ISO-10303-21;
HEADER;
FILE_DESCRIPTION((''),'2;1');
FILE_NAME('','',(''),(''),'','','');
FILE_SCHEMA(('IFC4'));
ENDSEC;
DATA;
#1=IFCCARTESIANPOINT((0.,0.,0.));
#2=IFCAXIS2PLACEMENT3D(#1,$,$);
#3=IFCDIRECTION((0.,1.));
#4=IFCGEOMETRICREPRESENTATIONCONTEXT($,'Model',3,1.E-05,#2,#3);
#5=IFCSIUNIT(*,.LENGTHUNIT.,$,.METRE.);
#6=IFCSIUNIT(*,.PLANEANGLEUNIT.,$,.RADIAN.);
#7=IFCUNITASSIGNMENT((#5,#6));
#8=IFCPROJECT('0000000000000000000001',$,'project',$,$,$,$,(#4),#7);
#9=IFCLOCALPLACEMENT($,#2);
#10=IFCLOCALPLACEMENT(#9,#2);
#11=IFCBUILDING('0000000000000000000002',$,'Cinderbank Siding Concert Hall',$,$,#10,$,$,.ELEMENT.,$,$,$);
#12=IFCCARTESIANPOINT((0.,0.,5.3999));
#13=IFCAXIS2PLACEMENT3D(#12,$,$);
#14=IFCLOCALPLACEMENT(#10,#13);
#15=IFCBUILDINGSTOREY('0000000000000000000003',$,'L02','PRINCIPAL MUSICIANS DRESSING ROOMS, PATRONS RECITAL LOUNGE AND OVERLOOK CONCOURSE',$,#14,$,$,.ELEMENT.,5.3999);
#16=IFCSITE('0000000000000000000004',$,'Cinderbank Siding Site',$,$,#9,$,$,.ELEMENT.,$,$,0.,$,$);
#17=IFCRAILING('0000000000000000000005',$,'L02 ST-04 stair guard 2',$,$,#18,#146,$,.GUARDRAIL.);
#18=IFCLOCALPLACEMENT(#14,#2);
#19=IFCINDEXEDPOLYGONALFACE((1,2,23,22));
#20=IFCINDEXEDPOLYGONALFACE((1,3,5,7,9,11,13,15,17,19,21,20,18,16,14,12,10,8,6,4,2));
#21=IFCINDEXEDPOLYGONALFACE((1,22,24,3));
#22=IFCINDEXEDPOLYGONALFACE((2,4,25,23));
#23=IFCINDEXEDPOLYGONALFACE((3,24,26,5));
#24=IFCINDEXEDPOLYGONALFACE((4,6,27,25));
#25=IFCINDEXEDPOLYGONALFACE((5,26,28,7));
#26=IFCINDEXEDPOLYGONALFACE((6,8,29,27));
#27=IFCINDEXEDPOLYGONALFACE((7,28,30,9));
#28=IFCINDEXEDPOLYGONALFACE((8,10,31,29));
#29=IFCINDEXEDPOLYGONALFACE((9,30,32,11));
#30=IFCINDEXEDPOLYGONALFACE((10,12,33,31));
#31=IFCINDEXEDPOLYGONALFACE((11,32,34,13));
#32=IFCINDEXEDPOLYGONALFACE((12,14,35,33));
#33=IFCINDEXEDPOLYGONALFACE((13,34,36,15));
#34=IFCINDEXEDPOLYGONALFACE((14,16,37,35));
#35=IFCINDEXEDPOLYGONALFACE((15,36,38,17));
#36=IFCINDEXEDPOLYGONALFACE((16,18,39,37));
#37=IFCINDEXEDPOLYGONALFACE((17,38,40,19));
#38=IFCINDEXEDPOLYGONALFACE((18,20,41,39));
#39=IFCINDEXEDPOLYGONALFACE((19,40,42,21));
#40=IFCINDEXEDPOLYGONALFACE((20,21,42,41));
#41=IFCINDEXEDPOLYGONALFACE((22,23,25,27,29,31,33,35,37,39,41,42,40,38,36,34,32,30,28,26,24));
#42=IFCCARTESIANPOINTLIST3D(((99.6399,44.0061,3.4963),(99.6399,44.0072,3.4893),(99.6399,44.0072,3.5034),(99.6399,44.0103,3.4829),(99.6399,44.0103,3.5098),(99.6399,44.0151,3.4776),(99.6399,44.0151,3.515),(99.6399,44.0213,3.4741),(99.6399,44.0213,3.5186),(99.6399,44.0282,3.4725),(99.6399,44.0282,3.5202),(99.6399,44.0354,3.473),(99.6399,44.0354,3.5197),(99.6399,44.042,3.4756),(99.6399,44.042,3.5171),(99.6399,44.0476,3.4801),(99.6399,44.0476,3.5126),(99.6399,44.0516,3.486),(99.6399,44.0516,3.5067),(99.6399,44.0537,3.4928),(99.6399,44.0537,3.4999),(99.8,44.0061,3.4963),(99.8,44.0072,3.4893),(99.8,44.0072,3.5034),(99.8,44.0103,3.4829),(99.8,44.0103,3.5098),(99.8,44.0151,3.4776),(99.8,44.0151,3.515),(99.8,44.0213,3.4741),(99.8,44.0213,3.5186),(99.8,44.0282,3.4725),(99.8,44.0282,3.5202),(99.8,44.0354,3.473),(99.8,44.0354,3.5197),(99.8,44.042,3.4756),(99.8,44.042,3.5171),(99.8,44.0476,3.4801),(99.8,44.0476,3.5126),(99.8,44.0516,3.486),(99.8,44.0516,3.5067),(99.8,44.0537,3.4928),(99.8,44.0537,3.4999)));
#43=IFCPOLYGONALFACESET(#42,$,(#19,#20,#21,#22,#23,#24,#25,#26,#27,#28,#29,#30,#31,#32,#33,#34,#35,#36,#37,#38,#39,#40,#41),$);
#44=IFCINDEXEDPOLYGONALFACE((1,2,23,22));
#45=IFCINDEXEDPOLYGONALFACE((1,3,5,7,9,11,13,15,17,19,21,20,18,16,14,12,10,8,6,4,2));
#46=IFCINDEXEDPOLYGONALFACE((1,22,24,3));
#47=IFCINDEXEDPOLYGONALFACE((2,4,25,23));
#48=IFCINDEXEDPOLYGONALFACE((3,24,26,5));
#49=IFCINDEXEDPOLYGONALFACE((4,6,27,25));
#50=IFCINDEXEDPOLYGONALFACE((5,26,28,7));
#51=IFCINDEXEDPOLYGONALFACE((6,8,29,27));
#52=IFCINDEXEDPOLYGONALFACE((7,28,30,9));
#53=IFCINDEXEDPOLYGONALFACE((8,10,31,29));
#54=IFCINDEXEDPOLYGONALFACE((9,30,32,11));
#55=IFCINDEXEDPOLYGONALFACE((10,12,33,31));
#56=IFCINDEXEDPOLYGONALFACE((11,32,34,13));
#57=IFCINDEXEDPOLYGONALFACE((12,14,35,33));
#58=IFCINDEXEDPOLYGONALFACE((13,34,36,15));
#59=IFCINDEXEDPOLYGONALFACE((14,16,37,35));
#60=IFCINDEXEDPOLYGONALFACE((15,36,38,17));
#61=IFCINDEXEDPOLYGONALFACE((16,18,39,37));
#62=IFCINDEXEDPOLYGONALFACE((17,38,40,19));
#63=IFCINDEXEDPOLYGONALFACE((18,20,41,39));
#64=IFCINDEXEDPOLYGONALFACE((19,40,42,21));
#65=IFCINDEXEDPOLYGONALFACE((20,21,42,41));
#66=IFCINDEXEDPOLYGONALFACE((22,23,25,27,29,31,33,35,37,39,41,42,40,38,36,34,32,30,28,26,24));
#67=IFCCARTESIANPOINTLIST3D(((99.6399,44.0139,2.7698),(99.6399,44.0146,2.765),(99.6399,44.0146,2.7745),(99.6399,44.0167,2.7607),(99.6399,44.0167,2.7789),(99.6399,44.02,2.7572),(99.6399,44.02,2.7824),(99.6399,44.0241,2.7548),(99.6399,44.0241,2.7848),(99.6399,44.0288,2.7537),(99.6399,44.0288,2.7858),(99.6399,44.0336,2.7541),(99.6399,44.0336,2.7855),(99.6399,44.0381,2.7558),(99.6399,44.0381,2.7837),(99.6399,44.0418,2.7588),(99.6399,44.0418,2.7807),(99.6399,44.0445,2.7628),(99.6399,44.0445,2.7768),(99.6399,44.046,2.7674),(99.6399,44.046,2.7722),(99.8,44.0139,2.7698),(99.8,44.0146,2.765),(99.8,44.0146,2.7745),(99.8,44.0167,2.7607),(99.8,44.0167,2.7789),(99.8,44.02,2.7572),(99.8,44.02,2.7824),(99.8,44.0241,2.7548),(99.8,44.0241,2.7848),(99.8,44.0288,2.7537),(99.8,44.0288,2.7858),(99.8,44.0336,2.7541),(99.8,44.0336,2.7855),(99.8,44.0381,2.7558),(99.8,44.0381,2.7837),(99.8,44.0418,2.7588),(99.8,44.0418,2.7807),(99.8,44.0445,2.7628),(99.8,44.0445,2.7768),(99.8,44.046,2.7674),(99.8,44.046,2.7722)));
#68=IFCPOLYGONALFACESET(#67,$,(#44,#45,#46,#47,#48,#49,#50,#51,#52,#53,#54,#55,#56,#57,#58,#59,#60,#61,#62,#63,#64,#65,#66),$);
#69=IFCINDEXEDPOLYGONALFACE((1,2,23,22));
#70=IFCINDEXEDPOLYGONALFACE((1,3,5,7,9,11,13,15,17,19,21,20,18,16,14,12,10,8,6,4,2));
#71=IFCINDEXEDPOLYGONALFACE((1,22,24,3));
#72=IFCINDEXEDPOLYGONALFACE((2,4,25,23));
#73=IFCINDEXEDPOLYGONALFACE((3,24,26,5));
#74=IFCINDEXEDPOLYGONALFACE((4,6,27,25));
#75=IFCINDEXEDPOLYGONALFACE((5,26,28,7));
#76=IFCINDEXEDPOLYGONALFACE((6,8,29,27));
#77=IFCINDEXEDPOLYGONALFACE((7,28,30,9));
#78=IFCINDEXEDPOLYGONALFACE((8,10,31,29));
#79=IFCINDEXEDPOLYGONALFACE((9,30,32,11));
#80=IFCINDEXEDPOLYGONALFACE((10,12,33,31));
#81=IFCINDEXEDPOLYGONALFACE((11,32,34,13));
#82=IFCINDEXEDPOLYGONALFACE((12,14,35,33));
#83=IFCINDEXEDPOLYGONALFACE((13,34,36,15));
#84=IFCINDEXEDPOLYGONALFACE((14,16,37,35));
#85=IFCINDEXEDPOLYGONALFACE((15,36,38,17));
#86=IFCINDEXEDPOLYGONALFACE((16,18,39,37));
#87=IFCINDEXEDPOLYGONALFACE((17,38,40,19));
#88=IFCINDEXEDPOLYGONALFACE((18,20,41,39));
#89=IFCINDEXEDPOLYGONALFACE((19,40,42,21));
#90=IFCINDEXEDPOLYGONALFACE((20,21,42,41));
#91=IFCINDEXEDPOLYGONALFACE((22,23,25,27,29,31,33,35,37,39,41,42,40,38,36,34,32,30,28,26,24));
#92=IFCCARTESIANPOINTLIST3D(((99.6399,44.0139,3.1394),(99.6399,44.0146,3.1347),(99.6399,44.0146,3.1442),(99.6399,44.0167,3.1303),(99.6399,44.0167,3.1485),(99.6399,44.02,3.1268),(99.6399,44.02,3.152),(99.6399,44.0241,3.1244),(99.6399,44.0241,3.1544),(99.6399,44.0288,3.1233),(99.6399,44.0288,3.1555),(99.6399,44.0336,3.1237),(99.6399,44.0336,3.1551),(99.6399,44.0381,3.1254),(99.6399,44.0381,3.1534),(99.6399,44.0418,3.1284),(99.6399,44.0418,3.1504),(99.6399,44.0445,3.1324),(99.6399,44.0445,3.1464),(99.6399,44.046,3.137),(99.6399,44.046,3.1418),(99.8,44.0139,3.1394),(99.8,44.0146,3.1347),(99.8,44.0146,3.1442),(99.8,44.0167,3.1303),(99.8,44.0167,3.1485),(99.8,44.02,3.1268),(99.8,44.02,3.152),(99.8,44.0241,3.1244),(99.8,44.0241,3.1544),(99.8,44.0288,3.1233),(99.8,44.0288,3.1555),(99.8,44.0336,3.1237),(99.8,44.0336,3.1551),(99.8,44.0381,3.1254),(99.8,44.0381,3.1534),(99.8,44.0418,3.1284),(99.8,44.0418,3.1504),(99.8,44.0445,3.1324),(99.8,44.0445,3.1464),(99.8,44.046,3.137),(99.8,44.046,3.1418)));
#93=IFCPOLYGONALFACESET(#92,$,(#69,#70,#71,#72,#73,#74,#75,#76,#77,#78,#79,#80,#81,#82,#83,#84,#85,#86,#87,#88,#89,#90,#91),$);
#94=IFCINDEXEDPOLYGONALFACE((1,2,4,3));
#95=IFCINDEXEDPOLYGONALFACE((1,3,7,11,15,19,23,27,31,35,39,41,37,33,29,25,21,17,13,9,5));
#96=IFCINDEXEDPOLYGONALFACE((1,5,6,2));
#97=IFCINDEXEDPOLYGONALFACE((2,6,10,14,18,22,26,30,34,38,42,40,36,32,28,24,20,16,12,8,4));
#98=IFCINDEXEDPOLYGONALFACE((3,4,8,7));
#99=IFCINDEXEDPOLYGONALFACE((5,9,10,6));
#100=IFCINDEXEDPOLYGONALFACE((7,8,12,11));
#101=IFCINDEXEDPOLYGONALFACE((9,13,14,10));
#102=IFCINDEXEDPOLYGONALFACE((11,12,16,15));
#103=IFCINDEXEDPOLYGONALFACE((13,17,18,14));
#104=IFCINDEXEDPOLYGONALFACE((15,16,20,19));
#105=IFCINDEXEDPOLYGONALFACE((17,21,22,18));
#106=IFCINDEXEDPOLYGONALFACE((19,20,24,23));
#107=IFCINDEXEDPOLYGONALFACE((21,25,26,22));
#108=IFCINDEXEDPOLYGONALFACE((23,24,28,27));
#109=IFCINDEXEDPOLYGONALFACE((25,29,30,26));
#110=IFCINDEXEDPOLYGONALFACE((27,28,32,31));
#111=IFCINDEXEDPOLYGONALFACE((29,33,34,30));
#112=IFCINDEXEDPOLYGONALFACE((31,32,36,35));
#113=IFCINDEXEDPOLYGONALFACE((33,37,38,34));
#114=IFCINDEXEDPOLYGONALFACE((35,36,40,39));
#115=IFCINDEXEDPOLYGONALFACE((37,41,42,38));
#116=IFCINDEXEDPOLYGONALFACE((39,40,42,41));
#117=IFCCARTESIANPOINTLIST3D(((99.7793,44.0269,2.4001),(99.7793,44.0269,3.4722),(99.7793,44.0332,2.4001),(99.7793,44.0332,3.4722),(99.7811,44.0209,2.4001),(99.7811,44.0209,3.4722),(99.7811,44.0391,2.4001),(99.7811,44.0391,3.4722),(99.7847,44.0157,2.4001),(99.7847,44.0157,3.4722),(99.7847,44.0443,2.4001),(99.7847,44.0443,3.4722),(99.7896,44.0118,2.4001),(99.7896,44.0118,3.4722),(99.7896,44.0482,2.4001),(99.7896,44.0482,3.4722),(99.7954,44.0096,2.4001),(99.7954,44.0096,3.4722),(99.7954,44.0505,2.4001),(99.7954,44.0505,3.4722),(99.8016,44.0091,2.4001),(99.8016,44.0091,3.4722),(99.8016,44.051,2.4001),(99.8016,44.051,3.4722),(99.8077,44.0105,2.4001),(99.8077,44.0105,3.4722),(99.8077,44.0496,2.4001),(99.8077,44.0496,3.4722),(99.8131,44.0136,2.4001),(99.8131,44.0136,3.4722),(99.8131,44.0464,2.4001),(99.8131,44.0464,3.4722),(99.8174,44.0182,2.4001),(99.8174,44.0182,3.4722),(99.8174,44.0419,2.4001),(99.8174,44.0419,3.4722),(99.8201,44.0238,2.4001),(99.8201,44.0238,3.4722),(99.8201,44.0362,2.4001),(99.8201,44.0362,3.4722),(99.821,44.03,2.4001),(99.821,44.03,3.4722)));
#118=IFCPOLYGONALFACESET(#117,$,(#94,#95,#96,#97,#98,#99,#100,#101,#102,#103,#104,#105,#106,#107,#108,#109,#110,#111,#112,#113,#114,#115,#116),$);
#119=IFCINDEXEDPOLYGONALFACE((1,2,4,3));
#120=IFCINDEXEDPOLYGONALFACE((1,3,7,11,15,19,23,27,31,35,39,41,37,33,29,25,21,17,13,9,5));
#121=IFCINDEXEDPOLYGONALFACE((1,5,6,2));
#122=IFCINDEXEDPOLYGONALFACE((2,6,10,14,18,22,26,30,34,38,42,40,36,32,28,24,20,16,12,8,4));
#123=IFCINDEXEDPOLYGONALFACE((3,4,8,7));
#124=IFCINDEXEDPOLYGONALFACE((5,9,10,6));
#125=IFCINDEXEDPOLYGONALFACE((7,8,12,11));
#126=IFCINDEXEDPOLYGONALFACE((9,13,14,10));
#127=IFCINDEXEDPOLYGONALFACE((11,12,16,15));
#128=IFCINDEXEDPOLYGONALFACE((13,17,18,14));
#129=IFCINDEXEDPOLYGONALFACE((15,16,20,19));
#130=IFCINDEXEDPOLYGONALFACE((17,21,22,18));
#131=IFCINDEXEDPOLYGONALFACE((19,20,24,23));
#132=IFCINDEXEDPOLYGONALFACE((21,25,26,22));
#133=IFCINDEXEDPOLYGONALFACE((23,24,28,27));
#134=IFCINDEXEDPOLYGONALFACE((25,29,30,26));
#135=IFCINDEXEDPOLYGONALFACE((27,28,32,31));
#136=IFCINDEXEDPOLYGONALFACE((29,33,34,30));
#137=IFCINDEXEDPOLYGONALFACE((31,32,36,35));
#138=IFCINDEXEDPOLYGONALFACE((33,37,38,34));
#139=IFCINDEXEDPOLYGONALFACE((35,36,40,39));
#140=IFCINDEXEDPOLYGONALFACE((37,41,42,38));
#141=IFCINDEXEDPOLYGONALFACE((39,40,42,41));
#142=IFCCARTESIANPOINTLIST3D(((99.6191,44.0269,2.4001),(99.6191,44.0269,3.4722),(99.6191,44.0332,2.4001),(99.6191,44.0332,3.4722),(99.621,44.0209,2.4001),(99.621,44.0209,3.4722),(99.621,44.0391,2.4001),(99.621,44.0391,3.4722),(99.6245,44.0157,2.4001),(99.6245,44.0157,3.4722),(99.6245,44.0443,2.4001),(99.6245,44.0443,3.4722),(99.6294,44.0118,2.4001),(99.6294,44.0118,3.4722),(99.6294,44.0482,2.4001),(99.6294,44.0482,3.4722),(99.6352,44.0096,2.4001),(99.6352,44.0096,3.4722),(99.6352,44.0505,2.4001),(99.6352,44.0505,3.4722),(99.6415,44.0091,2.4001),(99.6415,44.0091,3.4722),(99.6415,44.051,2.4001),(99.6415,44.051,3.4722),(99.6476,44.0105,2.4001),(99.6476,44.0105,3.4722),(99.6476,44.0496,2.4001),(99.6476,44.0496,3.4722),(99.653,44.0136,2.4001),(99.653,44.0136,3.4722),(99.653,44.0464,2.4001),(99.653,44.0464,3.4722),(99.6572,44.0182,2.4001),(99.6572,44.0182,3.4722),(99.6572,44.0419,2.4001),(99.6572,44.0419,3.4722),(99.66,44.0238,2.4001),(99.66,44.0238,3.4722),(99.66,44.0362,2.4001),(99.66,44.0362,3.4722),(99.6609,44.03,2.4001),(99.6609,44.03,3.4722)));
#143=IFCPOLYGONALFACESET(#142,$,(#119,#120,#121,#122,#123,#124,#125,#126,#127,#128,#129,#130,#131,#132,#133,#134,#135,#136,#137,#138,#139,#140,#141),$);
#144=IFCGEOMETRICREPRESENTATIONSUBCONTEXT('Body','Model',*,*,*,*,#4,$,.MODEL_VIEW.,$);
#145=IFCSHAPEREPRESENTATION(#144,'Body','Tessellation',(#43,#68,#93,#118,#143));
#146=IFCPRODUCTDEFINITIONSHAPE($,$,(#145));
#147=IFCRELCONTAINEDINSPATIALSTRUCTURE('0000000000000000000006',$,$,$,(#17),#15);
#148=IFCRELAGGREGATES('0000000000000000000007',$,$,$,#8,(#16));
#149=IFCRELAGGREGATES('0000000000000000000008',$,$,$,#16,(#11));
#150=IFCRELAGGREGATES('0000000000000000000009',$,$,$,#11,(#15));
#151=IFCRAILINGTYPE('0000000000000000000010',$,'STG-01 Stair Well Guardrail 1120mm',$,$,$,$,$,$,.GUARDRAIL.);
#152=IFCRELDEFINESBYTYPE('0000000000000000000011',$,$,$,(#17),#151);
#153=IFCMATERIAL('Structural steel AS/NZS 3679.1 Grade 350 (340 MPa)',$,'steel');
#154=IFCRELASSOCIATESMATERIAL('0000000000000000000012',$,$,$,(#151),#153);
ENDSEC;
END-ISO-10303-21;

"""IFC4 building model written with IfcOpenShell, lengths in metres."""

from ifc_helpers import new_model, si_unit, direction, frame, origin, origin_2d, place, context, subcontext, project, spatial, circle, extrude, material, type_object, element, save


model = new_model("IFC4")

# Units and contexts
model_context = context("Model", 3, precision=1e-05, world=origin(), true_north=direction((0.0, 1.0)))
body_context = subcontext(model_context, "Body", "Model", "MODEL_VIEW")
ifc_project = project(units=[si_unit("LENGTHUNIT", "METRE"), si_unit("PLANEANGLEUNIT", "RADIAN")], contexts=[model_context])

# Site, building, storey
site_placement = place(None, origin())
site = spatial("IfcSite", under=ifc_project, at=site_placement, Name="Cinderbank Siding Site", CompositionType="ELEMENT", RefElevation=0.0)
building_placement = place(site_placement, origin())
building = spatial("IfcBuilding", under=site, at=building_placement, Name="Cinderbank Siding Concert Hall", CompositionType="ELEMENT")
storey_placement = place(building_placement, frame((0.0, 0.0, 5.3999)))
storey = spatial("IfcBuildingStorey", under=building, at=storey_placement, Name="L02", Description="PRINCIPAL MUSICIANS DRESSING ROOMS, PATRONS RECITAL LOUNGE AND OVERLOOK CONCOURSE", CompositionType="ELEMENT", Elevation=5.3999)

# Shared definitions
ifc_material_1 = material(Name="Structural steel AS/NZS 3679.1 Grade 350 (340 MPa)", Category="steel")

# Railing
railing_type_1 = type_object("IfcRailingType", Name="STG-01 Stair Well Guardrail 1120mm", PredefinedType="GUARDRAIL", material=ifc_material_1)
railing_1_placement = place(storey_placement, frame((99.8, 44.03, 2.4001)))
element("IfcRailing", 1, at=railing_1_placement, inside=storey, type_object=railing_type_1, Name="L02 ST-04 stair guard 2", PredefinedType="GUARDRAIL", context=body_context, shape_type="SweptSolid", body=[
    extrude(circle(Radius=0.0239, at=origin_2d()), frame((0.0, 0.0, 1.0962), z_axis=(-1.0, 0.0, 0.0), x_axis=(0.0, -1.0, 0.0)), (0.0, 0.0, 1.0), 0.1602),
    extrude(circle(Radius=0.0161, at=origin_2d()), frame((0.0, 0.0, 0.3696), z_axis=(-1.0, 0.0, 0.0), x_axis=(0.0, -1.0, 0.0)), (0.0, 0.0, 1.0), 0.1602),
    extrude(circle(Radius=0.0161, at=origin_2d()), frame((0.0, 0.0, 0.7393), z_axis=(-1.0, 0.0, 0.0), x_axis=(0.0, -1.0, 0.0)), (0.0, 0.0, 1.0), 0.1602),
    extrude(circle(Radius=0.021, at=origin_2d()), origin(), (0.0, 0.0, 1.0), 1.072),
    extrude(circle(Radius=0.021, at=origin_2d()), frame((-0.1602, 0.0, 0.0)), (0.0, 0.0, 1.0), 1.072),
])

save(model, "model.ifc")
